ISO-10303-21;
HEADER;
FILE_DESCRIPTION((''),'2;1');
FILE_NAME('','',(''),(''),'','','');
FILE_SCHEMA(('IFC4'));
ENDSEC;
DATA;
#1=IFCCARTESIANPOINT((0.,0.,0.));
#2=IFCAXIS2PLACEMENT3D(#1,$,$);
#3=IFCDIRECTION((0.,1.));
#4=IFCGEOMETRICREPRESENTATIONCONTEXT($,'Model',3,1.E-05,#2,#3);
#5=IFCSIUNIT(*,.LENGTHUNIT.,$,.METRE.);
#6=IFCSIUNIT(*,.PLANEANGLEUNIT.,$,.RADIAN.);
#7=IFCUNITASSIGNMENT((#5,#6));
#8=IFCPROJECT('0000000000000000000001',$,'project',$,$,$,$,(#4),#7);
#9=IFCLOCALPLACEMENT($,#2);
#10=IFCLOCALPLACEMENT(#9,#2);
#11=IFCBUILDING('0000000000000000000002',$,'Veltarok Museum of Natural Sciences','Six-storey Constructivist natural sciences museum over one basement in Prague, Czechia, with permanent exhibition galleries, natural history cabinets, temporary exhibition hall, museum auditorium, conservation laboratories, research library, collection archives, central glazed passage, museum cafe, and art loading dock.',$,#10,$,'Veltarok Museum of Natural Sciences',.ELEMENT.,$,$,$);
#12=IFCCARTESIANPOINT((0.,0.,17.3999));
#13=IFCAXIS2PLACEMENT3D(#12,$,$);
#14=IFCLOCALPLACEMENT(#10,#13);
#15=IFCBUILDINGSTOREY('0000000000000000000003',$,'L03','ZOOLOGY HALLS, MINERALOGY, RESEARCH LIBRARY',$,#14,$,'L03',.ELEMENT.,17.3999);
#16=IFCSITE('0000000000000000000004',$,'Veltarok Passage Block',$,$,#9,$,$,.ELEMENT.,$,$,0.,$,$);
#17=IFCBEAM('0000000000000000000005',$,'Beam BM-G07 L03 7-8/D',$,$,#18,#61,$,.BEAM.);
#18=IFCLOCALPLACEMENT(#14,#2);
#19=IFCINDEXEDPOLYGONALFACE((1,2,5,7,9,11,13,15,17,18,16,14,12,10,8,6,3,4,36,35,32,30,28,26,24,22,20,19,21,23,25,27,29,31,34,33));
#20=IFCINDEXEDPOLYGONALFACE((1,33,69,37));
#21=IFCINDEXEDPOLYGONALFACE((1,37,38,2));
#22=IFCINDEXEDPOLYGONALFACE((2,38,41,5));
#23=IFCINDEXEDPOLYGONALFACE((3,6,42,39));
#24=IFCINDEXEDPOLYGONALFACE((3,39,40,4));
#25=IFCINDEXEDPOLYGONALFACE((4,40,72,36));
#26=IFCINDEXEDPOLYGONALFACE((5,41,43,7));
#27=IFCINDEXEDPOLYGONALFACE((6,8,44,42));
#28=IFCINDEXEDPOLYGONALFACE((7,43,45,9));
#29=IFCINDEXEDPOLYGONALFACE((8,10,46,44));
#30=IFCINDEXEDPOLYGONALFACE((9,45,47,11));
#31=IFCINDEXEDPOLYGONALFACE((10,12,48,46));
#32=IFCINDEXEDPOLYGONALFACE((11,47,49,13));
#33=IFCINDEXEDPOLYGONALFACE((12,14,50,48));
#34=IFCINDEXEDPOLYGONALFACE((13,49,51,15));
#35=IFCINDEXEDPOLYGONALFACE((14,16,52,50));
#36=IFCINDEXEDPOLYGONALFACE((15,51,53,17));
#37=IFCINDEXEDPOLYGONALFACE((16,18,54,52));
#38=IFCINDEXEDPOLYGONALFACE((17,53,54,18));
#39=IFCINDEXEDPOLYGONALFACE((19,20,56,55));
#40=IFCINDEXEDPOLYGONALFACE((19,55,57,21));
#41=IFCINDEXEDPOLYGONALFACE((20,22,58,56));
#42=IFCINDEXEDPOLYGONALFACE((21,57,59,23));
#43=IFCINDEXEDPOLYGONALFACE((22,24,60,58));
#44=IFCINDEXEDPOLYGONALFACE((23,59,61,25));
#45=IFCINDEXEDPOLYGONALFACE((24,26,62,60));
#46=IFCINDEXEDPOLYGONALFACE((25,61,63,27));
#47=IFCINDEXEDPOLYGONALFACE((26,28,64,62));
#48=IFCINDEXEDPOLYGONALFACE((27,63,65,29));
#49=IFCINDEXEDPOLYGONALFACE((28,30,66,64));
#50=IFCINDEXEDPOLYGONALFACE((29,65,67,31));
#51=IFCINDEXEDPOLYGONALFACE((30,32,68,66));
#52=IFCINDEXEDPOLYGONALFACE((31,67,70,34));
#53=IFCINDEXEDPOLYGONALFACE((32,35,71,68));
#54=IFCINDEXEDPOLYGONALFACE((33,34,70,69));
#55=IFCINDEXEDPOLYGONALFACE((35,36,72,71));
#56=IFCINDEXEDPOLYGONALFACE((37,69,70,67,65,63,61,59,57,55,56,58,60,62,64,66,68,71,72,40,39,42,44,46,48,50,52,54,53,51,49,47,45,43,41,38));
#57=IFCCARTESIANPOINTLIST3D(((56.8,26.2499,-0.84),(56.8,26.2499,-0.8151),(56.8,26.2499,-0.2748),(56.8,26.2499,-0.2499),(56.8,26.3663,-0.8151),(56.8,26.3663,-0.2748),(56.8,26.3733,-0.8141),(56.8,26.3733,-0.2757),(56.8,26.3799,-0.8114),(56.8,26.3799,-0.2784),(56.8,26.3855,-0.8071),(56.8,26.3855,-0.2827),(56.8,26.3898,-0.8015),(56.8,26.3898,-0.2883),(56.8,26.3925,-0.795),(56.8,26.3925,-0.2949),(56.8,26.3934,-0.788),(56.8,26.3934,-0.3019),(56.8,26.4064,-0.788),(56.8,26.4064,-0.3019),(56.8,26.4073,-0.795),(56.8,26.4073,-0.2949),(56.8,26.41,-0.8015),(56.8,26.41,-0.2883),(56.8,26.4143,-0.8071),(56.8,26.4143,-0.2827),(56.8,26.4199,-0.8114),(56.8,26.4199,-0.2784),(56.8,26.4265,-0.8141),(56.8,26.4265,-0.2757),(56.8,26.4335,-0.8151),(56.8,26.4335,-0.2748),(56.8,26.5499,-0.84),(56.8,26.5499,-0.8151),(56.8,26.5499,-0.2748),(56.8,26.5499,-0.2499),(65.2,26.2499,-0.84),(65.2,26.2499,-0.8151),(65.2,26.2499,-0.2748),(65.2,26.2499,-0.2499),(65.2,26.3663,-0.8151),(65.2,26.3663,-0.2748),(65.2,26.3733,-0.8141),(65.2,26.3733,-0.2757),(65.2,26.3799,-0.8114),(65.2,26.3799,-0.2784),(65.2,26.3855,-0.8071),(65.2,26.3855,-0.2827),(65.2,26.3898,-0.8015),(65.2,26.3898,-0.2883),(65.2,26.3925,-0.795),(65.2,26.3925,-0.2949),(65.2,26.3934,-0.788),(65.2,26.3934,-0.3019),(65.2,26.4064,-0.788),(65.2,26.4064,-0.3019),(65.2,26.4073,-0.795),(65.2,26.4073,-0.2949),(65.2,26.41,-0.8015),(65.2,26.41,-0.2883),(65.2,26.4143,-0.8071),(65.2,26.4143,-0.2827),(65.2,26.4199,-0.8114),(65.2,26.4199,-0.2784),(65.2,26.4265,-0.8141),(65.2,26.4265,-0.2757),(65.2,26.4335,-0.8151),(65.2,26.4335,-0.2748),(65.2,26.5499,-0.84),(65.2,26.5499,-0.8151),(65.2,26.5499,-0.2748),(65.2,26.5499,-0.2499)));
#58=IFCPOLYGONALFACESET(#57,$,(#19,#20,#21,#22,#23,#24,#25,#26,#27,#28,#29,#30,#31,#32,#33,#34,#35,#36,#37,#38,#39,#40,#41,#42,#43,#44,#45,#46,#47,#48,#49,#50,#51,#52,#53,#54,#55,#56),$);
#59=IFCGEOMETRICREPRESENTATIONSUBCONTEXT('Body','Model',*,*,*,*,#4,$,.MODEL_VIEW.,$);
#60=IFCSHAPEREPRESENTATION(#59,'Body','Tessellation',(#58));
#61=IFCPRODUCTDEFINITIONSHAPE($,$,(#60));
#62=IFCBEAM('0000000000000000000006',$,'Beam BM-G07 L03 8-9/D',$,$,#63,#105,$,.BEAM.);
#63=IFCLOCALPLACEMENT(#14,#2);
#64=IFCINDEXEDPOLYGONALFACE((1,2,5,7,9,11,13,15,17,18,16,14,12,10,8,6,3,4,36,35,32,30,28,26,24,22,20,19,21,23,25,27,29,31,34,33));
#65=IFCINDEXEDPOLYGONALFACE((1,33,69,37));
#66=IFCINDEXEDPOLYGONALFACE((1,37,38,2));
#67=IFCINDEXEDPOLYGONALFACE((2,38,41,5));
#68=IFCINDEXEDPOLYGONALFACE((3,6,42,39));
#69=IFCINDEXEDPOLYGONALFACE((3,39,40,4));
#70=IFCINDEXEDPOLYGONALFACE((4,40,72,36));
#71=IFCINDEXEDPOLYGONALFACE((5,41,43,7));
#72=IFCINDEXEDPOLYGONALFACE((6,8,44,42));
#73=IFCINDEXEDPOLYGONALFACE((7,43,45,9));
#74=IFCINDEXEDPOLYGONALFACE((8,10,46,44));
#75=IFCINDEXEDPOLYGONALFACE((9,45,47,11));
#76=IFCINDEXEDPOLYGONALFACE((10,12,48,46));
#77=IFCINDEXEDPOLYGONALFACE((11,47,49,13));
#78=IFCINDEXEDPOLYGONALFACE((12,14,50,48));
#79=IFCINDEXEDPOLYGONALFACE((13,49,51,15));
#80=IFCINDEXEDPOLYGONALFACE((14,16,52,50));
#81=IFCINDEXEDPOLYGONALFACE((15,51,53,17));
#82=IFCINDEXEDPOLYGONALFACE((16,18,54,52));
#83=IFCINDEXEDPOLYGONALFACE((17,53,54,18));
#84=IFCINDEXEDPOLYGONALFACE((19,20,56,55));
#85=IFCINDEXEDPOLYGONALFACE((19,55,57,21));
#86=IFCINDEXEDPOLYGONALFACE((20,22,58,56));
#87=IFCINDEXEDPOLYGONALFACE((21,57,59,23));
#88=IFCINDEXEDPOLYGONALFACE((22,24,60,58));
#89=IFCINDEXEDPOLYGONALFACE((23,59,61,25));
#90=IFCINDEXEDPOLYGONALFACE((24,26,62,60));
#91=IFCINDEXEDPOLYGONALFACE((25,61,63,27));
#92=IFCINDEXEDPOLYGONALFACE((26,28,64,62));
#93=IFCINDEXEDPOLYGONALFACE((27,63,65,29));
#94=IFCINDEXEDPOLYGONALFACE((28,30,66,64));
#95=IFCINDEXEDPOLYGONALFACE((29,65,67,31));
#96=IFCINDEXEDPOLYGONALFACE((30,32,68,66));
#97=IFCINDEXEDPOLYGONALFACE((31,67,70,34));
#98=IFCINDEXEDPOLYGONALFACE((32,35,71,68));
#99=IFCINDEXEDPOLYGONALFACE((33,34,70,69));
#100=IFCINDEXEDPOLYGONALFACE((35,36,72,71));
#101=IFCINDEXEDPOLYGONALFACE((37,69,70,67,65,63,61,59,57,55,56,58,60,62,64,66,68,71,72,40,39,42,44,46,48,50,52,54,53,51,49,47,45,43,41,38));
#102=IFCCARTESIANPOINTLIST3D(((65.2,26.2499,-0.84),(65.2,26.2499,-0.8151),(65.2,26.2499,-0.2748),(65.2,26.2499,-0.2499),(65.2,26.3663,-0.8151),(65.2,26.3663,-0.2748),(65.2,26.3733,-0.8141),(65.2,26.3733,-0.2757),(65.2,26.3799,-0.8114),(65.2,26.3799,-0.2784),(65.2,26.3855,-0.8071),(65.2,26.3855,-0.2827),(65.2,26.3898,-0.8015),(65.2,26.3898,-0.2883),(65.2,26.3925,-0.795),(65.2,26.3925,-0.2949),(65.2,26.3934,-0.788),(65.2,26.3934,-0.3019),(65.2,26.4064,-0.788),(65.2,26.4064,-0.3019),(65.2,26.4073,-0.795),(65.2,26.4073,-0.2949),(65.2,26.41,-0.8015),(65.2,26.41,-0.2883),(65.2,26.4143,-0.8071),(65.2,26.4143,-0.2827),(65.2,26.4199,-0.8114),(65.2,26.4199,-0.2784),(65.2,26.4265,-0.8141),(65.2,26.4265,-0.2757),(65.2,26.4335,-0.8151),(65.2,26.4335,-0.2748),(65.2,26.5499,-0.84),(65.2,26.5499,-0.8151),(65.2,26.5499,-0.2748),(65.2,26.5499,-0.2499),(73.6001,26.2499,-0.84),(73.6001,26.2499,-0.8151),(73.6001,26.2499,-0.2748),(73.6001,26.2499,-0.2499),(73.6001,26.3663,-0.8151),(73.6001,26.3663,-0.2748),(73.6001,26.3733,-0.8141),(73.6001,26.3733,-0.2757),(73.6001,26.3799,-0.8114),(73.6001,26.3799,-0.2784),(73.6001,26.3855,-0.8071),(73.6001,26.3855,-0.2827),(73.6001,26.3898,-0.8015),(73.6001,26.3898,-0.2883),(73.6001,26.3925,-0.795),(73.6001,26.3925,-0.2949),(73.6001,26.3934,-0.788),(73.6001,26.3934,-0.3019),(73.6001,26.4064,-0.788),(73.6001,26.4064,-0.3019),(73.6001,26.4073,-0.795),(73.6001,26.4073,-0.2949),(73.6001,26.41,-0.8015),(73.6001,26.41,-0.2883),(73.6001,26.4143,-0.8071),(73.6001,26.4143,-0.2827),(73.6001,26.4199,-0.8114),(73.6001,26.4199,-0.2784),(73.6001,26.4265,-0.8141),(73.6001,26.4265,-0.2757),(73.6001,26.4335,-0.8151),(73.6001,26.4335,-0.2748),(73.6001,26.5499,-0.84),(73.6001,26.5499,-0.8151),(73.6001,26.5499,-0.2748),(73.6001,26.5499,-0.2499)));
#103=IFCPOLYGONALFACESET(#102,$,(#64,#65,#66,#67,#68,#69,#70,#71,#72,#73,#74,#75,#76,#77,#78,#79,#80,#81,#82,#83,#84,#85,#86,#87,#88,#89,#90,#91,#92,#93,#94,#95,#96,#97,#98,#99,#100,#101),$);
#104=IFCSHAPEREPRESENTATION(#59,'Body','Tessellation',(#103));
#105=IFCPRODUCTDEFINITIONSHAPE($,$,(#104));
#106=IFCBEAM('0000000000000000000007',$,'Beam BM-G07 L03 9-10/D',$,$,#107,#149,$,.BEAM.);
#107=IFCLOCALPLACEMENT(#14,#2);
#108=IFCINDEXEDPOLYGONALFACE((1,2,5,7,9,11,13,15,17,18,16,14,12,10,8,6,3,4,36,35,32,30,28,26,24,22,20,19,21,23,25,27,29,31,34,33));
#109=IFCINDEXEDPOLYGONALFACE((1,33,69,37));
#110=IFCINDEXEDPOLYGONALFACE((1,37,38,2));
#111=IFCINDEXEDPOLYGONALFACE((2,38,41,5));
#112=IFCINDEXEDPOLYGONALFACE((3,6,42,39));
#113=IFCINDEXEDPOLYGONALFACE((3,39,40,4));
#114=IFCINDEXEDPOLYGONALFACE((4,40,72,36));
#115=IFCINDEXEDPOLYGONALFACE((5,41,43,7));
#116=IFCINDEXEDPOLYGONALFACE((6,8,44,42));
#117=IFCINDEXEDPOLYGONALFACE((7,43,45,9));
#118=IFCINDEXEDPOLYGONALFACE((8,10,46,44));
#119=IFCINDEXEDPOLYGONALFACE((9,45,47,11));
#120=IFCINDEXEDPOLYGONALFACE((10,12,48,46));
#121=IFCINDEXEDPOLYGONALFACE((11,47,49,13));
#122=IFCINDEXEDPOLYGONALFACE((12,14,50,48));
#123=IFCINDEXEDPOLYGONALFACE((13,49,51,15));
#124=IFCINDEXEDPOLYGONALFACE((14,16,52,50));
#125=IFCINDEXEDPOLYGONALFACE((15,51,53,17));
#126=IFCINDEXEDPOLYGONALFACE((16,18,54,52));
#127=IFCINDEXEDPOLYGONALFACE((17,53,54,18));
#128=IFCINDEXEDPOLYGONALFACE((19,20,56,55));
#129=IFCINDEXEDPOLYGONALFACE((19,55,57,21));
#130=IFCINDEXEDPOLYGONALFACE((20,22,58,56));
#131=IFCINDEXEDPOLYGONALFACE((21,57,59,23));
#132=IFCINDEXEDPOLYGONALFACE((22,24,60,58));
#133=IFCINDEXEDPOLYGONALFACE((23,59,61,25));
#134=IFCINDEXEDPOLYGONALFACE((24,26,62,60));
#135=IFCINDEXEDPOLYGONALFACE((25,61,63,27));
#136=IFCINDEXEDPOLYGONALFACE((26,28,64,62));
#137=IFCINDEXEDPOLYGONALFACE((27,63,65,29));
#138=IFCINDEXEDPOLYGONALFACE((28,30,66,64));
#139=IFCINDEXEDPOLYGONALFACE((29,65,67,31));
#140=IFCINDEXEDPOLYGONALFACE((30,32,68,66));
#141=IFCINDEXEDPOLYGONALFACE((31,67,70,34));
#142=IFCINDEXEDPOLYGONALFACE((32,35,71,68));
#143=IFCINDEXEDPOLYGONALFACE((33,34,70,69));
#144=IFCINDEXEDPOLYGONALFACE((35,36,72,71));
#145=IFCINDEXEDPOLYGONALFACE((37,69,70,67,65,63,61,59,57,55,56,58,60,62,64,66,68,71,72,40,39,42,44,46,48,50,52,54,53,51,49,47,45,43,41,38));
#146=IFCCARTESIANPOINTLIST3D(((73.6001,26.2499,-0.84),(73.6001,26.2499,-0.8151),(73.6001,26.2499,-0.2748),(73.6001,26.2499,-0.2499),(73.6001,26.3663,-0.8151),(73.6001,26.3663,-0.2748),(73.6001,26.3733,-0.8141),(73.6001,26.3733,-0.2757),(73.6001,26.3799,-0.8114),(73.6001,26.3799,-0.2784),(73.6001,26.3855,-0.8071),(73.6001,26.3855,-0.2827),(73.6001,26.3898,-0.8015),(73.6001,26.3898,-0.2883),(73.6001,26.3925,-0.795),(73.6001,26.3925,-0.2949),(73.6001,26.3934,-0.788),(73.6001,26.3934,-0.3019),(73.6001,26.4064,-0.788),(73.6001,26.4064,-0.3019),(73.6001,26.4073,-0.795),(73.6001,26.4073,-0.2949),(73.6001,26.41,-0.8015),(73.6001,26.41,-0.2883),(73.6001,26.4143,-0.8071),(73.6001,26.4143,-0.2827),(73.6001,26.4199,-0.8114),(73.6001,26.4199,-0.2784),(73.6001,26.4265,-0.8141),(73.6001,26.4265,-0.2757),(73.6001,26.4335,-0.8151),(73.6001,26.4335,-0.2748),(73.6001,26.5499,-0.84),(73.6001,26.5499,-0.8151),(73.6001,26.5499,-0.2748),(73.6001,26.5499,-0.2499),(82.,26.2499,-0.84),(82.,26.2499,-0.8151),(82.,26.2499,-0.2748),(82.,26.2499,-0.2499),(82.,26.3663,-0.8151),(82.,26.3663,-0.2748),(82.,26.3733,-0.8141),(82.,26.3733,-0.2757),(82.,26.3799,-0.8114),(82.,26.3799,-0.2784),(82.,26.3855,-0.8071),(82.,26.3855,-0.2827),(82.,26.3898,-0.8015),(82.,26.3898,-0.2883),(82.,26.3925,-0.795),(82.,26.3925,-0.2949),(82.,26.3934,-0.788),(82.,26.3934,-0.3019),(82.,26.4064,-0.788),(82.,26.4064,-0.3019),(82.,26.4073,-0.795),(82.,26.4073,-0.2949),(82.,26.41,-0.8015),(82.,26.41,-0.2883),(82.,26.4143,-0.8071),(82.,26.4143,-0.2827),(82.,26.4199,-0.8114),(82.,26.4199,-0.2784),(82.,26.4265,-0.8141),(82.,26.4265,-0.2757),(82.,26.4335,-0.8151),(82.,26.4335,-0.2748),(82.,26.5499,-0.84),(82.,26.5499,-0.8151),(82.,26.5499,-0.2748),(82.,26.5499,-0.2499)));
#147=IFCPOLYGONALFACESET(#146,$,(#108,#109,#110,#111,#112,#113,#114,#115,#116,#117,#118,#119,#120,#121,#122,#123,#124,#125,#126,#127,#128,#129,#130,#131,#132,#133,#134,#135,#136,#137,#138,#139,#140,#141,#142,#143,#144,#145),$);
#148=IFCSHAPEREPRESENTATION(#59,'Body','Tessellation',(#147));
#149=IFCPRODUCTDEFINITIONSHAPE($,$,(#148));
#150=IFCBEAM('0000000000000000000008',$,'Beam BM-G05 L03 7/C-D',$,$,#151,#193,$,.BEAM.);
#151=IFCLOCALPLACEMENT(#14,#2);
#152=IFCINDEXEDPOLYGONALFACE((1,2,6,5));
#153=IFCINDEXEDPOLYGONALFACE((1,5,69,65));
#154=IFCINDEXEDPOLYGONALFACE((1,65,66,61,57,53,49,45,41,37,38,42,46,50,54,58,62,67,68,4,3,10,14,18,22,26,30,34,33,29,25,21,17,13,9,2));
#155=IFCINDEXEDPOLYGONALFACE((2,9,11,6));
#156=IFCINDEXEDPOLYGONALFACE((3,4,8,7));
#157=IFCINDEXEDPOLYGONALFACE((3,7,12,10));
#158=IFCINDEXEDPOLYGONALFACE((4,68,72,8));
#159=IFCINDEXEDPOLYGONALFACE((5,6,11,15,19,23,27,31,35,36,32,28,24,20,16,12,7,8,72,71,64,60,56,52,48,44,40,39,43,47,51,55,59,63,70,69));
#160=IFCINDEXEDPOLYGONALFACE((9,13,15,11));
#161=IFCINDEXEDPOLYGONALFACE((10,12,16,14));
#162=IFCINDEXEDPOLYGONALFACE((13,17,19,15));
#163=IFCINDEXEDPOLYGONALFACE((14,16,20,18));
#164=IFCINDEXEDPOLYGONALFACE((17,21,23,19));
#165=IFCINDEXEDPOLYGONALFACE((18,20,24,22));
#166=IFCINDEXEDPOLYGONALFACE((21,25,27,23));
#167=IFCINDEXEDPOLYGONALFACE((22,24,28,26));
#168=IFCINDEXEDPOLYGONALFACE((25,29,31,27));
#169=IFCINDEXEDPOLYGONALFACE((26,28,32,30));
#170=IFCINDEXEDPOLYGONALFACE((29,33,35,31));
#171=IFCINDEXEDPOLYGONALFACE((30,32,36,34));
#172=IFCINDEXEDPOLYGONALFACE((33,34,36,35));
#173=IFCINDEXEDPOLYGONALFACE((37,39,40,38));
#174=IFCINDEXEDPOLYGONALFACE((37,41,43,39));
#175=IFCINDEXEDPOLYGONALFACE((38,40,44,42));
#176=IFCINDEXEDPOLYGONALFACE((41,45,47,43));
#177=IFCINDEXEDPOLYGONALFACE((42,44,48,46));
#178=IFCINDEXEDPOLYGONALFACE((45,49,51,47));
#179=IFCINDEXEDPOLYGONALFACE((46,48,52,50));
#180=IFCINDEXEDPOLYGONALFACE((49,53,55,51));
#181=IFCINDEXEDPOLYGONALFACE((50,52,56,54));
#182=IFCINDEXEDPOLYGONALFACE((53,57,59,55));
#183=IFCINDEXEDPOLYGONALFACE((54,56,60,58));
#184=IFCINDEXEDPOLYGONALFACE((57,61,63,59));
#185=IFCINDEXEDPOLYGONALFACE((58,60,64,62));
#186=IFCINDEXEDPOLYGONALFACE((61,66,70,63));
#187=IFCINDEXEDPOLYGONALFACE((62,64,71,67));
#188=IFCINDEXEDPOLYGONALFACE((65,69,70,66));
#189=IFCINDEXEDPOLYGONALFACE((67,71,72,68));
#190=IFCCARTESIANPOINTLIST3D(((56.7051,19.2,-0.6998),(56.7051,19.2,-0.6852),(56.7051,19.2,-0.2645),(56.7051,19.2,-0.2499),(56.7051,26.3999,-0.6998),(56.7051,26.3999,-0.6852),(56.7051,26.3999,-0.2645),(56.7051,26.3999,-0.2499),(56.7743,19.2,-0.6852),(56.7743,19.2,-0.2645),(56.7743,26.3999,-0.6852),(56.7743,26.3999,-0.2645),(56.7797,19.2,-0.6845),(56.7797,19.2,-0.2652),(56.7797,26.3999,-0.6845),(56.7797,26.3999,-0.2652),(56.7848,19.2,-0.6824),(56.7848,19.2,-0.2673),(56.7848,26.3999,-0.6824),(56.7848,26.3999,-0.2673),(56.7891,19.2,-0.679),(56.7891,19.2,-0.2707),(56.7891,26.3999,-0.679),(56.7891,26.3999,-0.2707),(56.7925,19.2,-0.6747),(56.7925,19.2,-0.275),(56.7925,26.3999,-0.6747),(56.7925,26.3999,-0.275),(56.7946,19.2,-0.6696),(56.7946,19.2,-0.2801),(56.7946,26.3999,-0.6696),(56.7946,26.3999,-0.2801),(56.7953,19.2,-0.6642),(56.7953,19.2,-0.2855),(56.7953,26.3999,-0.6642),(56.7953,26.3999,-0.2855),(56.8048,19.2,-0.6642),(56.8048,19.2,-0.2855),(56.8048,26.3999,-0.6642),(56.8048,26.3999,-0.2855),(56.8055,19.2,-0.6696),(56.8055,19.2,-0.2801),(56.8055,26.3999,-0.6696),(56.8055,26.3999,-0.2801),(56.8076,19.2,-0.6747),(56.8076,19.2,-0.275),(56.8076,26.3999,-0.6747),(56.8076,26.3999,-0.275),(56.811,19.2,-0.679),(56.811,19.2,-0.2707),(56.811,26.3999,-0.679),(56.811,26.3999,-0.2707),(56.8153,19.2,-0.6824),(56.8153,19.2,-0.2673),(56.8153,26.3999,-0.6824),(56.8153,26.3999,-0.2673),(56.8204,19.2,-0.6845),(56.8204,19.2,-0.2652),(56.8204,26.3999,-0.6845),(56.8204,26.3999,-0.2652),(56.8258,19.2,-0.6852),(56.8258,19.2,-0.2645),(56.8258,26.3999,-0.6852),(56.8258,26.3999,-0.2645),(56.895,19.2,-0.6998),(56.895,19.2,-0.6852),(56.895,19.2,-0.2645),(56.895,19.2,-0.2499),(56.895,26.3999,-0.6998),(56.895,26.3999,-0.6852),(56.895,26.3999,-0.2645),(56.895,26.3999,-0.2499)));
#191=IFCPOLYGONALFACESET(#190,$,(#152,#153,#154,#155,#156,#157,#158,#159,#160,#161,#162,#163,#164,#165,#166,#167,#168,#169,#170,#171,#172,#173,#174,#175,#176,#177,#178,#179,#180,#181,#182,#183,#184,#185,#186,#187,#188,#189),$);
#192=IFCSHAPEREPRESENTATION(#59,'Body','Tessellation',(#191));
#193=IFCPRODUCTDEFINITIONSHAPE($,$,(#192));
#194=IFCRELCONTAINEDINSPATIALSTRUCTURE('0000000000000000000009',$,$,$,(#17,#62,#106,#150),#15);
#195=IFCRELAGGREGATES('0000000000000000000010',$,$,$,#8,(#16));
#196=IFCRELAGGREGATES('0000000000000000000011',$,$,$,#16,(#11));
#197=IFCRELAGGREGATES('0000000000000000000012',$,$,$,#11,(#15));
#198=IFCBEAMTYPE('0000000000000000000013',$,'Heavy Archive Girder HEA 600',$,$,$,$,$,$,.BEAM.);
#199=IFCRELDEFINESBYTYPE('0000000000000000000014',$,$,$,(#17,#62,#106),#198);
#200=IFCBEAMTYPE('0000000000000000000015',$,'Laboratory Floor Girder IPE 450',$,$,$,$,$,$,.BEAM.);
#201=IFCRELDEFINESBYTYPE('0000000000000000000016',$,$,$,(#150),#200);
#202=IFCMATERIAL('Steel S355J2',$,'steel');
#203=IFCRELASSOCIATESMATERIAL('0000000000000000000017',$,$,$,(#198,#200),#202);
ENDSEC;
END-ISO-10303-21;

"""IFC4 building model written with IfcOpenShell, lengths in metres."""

from ifc_helpers import new_model, si_unit, direction, frame, origin, origin_2d, place, context, subcontext, project, spatial, i_section, extrude, material, material_profile, profile_set, type_object, element, save


model = new_model("IFC4")

# Units and contexts
model_context = context("Model", 3, precision=1e-05, world=origin(), true_north=direction((0.0, 1.0)))
body_context = subcontext(model_context, "Body", "Model", "MODEL_VIEW")
ifc_project = project(units=[si_unit("LENGTHUNIT", "METRE"), si_unit("PLANEANGLEUNIT", "RADIAN")], contexts=[model_context])

# Site, building, storey
site_placement = place(None, origin())
site = spatial("IfcSite", under=ifc_project, at=site_placement, Name="Veltarok Passage Block", CompositionType="ELEMENT", RefElevation=0.0)
building_placement = place(site_placement, origin())
building = spatial("IfcBuilding", under=site, at=building_placement, Name="Veltarok Museum of Natural Sciences", Description="Six-storey Constructivist natural sciences museum over one basement in Prague, Czechia, with permanent exhibition galleries, natural history cabinets, temporary exhibition hall, museum auditorium, conservation laboratories, research library, collection archives, central glazed passage, museum cafe, and art loading dock.", LongName="Veltarok Museum of Natural Sciences", CompositionType="ELEMENT")
storey_placement = place(building_placement, frame((0.0, 0.0, 17.3999)))
storey = spatial("IfcBuildingStorey", under=building, at=storey_placement, Name="L03", Description="ZOOLOGY HALLS, MINERALOGY, RESEARCH LIBRARY", LongName="L03", CompositionType="ELEMENT", Elevation=17.3999)

# Shared definitions
ifc_material_1 = material(Name="Steel S355J2", Category="steel")

# Beams
ifc_material_profile_1 = material_profile(ifc_material_1, i_section(OverallWidth=0.3, OverallDepth=0.5901, WebThickness=0.0129, FlangeThickness=0.0249, FilletRadius=0.0271, at=origin_2d()), Name="HEA 600")
ifc_profile_set_1 = profile_set([ifc_material_profile_1], Name="Steel S355J2")
beam_type_1 = type_object("IfcBeamType", Name="Heavy Archive Girder HEA 600", PredefinedType="BEAM", material=ifc_profile_set_1)
for number, where, z_axis, x_axis, name in (
    (1, (56.8, 26.3999, -0.5449), (1.0, 0.0, 0.0), (0.0, 1.0, 0.0), "Beam BM-G07 L03 7-8/D"),
):
    element("IfcBeam", number, at=place(storey_placement, frame(where, z_axis=z_axis, x_axis=x_axis)), inside=storey, type_object=beam_type_1, Name=name, PredefinedType="BEAM", context=body_context, shape_type="SweptSolid", body=[
        extrude(i_section(OverallWidth=0.3, OverallDepth=0.5901, WebThickness=0.0129, FlangeThickness=0.0249, FilletRadius=0.0271, at=origin_2d()), origin(), (0.0, 0.0, 1.0), 8.3999),
    ])
beam_1_placement = place(storey_placement, frame((65.2, 26.3999, -0.5449), z_axis=(1.0, 0.0, 0.0), x_axis=(0.0, 1.0, 0.0)))
element("IfcBeam", 2, at=beam_1_placement, inside=storey, type_object=beam_type_1, Name="Beam BM-G07 L03 8-9/D", PredefinedType="BEAM", context=body_context, shape_type="SweptSolid", body=[
    extrude(i_section(OverallWidth=0.3, OverallDepth=0.5901, WebThickness=0.0129, FlangeThickness=0.0249, FilletRadius=0.0271, at=origin_2d()), origin(), (0.0, 0.0, 1.0), 8.4001),
])
beam_2_placement = place(storey_placement, frame((73.6001, 26.3999, -0.5449), z_axis=(1.0, 0.0, 0.0), x_axis=(0.0, 1.0, 0.0)))
element("IfcBeam", 3, at=beam_2_placement, inside=storey, type_object=beam_type_1, Name="Beam BM-G07 L03 9-10/D", PredefinedType="BEAM", context=body_context, shape_type="SweptSolid", body=[
    extrude(i_section(OverallWidth=0.3, OverallDepth=0.5901, WebThickness=0.0129, FlangeThickness=0.0249, FilletRadius=0.0271, at=origin_2d()), origin(), (0.0, 0.0, 1.0), 8.3999),
])
ifc_material_profile_2 = material_profile(ifc_material_1, i_section(OverallWidth=0.1899, OverallDepth=0.45, WebThickness=0.0095, FlangeThickness=0.0146, FilletRadius=0.021, at=origin_2d()), Name="IPE 450")
ifc_profile_set_2 = profile_set([ifc_material_profile_2], Name="Steel S355J2")
beam_type_2 = type_object("IfcBeamType", Name="Laboratory Floor Girder IPE 450", PredefinedType="BEAM", material=ifc_profile_set_2)
for number, where, z_axis, x_axis, name in (
    (4, (56.8, 19.2, -0.4749), (0.0, 1.0, 0.0), (-1.0, 0.0, 0.0), "Beam BM-G05 L03 7/C-D"),
):
    element("IfcBeam", number, at=place(storey_placement, frame(where, z_axis=z_axis, x_axis=x_axis)), inside=storey, type_object=beam_type_2, Name=name, PredefinedType="BEAM", context=body_context, shape_type="SweptSolid", body=[
        extrude(i_section(OverallWidth=0.1899, OverallDepth=0.45, WebThickness=0.0095, FlangeThickness=0.0146, FilletRadius=0.021, at=origin_2d()), origin(), (0.0, 0.0, 1.0), 7.2),
    ])

save(model, "model.ifc")
